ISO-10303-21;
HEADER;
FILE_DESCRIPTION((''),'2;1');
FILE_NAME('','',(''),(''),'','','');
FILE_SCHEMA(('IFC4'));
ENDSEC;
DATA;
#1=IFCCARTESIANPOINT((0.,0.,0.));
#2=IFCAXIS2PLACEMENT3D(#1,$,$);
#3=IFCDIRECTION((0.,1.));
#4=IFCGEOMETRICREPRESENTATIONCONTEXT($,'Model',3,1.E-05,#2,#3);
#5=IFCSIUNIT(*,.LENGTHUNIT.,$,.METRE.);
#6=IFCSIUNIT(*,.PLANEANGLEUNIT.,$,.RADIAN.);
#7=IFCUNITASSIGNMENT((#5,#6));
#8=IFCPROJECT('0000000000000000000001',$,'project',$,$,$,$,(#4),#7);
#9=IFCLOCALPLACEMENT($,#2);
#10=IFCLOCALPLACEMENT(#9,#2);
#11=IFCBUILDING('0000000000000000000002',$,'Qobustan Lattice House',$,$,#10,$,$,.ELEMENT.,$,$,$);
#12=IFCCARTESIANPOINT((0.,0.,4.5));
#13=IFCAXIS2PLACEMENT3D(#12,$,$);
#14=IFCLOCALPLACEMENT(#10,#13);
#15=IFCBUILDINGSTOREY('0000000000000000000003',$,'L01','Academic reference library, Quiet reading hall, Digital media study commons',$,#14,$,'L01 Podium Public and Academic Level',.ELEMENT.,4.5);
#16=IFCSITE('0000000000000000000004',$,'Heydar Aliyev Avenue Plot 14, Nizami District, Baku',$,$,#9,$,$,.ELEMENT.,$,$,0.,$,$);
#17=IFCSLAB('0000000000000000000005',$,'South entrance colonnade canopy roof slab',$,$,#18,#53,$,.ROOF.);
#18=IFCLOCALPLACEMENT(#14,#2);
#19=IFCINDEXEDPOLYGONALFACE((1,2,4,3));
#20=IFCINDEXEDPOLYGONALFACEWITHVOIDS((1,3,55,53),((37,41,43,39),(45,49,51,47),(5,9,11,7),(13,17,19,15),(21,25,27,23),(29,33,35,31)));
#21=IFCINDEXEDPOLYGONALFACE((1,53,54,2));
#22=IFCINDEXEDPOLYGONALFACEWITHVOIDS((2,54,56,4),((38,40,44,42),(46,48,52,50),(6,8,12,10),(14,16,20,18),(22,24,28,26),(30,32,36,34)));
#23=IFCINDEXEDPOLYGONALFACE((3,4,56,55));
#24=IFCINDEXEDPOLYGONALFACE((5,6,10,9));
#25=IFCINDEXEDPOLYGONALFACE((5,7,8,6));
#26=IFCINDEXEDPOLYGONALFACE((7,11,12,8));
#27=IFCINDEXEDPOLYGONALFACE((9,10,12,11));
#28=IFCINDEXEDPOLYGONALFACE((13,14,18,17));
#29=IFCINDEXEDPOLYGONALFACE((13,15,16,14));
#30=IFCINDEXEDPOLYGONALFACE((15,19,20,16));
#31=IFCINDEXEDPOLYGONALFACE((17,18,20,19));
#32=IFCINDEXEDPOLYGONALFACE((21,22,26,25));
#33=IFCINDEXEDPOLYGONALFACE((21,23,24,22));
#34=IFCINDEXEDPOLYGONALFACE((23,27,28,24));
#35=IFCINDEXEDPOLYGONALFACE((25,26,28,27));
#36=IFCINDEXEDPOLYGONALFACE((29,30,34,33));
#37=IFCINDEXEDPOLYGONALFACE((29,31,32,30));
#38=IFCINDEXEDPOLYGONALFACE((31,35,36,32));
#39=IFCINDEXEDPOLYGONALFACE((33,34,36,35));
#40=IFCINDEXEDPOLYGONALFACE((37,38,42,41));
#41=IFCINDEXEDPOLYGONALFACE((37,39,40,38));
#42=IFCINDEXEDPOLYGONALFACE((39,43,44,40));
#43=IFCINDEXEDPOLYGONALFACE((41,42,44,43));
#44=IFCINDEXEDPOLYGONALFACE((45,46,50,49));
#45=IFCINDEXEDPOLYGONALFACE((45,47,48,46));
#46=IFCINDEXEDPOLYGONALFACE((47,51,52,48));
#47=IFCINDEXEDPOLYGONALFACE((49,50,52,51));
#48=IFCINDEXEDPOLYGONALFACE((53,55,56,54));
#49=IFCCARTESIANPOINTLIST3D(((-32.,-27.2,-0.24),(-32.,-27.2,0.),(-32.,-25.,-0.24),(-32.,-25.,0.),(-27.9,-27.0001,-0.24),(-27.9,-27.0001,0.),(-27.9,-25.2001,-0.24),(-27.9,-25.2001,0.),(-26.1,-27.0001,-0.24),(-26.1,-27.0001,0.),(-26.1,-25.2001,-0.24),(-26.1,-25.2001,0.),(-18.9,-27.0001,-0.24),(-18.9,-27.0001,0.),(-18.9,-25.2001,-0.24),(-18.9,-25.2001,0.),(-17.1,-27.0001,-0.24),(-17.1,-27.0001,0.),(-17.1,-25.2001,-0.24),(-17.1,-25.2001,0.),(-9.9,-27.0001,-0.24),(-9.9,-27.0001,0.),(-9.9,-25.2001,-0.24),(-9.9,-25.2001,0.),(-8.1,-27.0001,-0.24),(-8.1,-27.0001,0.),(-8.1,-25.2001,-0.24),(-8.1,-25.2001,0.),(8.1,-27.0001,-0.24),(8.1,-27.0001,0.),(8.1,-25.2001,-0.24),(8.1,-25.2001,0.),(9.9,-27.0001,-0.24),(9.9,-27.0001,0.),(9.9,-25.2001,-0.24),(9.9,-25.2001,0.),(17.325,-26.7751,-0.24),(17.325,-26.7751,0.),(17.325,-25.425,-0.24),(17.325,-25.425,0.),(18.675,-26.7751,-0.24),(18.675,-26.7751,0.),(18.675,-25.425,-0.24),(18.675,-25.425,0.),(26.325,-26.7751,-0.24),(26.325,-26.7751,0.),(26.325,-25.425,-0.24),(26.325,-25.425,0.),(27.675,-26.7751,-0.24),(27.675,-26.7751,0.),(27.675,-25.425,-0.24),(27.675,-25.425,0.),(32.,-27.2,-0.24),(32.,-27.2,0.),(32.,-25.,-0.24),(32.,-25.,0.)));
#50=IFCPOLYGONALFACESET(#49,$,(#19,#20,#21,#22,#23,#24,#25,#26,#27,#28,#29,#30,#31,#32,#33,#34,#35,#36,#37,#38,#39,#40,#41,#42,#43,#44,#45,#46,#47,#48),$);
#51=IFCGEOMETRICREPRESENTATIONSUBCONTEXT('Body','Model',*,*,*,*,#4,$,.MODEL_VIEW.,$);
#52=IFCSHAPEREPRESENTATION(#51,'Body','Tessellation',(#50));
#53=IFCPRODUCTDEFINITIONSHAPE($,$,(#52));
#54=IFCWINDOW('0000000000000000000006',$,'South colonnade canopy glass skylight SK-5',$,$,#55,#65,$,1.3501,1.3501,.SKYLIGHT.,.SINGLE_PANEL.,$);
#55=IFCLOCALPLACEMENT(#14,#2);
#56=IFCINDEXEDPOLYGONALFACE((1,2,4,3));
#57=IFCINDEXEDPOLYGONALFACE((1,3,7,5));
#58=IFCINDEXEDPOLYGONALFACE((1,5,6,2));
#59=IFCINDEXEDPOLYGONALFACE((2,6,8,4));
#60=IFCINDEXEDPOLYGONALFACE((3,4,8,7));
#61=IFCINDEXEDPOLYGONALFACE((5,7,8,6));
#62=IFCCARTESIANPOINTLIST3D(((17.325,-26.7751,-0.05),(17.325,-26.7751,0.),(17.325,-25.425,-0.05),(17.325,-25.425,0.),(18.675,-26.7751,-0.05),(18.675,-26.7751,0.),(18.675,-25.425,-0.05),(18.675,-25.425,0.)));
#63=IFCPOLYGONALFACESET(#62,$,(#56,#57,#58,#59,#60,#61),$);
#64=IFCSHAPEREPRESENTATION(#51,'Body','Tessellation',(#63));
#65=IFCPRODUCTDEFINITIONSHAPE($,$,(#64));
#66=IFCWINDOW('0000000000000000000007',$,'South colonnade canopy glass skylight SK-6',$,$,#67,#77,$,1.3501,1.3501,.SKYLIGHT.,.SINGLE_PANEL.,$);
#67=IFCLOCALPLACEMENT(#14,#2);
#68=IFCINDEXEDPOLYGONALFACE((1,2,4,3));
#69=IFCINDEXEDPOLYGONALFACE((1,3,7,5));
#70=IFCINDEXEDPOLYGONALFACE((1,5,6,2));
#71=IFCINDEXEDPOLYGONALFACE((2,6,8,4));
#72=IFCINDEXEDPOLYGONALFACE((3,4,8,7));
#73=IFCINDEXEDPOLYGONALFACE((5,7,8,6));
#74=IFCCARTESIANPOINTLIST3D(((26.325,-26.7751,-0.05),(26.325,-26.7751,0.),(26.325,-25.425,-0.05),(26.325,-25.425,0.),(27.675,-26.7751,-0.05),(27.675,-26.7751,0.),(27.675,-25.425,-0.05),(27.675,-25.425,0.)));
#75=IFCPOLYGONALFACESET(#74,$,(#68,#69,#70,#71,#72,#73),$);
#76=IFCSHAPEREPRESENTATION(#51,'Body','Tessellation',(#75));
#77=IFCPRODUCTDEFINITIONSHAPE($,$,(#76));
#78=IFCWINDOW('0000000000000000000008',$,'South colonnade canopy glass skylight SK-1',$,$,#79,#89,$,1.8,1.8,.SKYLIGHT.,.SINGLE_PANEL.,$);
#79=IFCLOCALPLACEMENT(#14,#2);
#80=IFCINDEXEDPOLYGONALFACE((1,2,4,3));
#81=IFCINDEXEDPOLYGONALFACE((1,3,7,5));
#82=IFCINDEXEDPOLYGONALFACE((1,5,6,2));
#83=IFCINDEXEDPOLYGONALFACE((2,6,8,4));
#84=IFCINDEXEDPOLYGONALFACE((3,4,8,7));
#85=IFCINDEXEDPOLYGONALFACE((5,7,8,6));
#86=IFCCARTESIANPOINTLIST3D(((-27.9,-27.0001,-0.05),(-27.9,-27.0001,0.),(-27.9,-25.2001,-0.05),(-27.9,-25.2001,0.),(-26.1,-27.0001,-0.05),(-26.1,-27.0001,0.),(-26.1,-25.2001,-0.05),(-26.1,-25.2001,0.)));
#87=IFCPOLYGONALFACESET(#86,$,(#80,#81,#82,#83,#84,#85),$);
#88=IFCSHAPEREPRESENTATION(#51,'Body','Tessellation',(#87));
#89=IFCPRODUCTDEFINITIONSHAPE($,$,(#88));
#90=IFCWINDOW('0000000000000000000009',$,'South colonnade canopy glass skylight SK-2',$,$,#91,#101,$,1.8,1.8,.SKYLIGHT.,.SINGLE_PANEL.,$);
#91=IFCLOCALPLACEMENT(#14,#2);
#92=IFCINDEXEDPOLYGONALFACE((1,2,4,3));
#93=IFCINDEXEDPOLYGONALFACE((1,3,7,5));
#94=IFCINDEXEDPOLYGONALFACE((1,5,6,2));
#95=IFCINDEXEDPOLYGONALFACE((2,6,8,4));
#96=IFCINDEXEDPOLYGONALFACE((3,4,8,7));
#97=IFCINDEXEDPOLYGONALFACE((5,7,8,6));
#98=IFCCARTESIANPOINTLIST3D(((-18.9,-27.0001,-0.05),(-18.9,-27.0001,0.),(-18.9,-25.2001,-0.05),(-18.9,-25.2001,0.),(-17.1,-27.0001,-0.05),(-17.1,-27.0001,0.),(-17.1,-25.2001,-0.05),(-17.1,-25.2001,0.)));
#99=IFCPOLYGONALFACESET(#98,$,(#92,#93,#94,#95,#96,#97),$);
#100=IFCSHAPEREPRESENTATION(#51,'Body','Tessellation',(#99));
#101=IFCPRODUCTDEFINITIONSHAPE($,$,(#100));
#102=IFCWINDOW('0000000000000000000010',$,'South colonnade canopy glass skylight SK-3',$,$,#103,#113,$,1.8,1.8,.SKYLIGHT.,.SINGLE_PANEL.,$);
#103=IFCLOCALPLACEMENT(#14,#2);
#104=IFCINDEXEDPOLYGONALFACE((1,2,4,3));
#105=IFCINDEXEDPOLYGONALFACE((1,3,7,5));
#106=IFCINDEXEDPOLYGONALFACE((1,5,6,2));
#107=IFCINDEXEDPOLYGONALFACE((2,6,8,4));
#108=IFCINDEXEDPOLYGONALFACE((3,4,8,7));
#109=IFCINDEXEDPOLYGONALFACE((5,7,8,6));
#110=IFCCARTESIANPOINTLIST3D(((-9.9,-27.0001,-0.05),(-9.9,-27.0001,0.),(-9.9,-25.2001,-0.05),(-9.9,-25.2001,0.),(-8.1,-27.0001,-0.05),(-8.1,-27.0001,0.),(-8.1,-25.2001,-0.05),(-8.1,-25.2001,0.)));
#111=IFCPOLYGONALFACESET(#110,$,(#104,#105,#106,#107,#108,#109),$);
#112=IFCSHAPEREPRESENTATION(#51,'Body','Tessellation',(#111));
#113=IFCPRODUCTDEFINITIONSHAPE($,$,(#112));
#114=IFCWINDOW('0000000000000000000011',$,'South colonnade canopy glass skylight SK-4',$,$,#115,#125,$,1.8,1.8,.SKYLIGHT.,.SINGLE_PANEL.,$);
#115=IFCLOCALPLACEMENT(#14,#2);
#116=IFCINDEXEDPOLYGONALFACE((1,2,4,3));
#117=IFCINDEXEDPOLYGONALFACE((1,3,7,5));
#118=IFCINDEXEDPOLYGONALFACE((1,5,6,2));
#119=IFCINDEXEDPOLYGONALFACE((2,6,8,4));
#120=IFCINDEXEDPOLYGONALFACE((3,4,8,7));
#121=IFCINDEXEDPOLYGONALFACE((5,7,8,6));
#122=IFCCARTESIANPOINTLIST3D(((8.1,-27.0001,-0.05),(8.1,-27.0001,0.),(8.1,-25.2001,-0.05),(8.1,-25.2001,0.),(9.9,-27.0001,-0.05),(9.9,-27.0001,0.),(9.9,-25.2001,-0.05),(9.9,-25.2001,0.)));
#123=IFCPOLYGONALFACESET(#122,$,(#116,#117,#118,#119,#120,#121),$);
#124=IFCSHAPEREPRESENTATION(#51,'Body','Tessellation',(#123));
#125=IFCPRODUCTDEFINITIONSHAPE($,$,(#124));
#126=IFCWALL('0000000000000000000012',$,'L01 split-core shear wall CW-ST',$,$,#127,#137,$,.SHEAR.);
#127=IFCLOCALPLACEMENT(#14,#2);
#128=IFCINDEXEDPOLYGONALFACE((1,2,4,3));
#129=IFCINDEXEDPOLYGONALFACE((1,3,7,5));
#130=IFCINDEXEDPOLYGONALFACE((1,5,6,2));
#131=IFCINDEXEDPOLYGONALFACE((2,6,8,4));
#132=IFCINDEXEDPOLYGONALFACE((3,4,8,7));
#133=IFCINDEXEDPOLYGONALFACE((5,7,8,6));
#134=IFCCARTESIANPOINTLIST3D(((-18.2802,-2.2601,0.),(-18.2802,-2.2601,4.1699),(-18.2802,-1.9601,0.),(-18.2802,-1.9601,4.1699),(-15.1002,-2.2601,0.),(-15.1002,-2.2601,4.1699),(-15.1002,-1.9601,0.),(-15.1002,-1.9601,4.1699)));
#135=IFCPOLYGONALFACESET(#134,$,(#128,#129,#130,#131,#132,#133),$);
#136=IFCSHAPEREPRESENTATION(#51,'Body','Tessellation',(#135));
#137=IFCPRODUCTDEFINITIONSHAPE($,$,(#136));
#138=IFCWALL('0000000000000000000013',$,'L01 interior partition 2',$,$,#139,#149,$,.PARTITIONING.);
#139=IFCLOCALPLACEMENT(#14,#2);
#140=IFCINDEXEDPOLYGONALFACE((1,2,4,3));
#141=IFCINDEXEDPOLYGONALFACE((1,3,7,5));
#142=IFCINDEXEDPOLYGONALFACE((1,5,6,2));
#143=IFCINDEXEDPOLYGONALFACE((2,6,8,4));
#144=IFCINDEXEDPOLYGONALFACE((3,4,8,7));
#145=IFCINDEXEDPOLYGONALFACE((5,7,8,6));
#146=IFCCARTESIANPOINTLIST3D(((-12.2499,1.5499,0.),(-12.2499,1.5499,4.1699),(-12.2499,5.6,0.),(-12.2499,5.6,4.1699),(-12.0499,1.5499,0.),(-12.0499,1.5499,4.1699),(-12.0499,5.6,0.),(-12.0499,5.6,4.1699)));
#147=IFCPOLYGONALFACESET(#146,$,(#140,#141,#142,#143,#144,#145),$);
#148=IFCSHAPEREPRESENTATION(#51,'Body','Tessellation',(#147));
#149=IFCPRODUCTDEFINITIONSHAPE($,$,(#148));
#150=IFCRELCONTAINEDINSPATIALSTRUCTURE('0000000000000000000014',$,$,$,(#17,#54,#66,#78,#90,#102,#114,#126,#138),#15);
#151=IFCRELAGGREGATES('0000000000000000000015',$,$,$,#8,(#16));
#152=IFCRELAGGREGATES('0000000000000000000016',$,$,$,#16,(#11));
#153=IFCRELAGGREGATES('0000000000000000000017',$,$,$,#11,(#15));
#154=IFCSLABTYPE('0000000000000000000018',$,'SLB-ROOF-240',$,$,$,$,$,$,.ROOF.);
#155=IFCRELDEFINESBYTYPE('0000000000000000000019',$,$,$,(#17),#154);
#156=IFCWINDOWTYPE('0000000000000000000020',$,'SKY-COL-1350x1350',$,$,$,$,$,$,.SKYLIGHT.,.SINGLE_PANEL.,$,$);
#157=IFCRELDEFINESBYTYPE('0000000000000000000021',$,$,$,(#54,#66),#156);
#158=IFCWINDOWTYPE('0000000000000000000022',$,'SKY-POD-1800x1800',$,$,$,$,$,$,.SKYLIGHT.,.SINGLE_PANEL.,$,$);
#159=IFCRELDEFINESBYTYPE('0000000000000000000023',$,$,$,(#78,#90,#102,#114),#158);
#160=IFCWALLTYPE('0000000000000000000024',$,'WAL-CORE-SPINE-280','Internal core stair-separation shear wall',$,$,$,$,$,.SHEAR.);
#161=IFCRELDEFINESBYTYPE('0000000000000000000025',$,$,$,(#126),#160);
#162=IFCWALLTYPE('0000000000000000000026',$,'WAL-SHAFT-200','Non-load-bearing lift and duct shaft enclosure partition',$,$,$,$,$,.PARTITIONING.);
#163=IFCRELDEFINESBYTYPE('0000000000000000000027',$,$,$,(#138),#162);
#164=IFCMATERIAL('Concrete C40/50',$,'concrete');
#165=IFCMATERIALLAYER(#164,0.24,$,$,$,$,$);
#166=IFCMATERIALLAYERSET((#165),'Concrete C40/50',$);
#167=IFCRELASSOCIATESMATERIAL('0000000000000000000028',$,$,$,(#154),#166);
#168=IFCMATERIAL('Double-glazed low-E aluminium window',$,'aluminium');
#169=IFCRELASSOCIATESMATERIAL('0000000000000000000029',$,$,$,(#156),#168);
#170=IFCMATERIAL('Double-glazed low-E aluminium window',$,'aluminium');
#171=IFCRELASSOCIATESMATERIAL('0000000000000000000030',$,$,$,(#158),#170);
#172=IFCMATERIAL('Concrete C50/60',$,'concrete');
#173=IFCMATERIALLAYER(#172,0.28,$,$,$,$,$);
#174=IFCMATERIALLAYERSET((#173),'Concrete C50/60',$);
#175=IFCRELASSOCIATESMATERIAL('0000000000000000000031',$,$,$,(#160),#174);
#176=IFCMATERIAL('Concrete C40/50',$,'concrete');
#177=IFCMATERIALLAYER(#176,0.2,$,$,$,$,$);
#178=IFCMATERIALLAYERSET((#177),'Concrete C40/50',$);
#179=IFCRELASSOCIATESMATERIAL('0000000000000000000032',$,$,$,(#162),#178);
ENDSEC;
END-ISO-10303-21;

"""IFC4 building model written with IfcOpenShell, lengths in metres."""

from ifc_helpers import new_model, si_unit, direction, frame, frame_2d, origin, origin_2d, place, context, subcontext, project, spatial, polyline, rectangle, outline, extrude, material, layer, layer_set, type_object, element, fill, save


model = new_model("IFC4")

# Units and contexts
model_context = context("Model", 3, precision=1e-05, world=origin(), true_north=direction((0.0, 1.0)))
body_context = subcontext(model_context, "Body", "Model", "MODEL_VIEW")
ifc_project = project(units=[si_unit("LENGTHUNIT", "METRE"), si_unit("PLANEANGLEUNIT", "RADIAN")], contexts=[model_context])

# Site, building, storey
site_placement = place(None, origin())
site = spatial("IfcSite", under=ifc_project, at=site_placement, Name="Heydar Aliyev Avenue Plot 14, Nizami District, Baku", CompositionType="ELEMENT", RefElevation=0.0)
building_placement = place(site_placement, origin())
building = spatial("IfcBuilding", under=site, at=building_placement, Name="Qobustan Lattice House", CompositionType="ELEMENT")
storey_placement = place(building_placement, frame((0.0, 0.0, 4.5)))
storey = spatial("IfcBuildingStorey", under=building, at=storey_placement, Name="L01", Description="Academic reference library, Quiet reading hall, Digital media study commons", LongName="L01 Podium Public and Academic Level", CompositionType="ELEMENT", Elevation=4.5)

# Slab, openings, windows
ifc_material_1 = material(Name="Concrete C40/50", Category="concrete")
ifc_layer_1 = layer(ifc_material_1, 0.24)
ifc_layer_set_1 = layer_set([ifc_layer_1], Name="Concrete C40/50")
slab_type_1 = type_object("IfcSlabType", Name="SLB-ROOF-240", PredefinedType="ROOF", material=ifc_layer_set_1)
slab_1_placement = place(storey_placement, frame((0.0, 0.0, -0.24)))
slab_1 = element("IfcSlab", 1, at=slab_1_placement, inside=storey, type_object=slab_type_1, Name="South entrance colonnade canopy roof slab", PredefinedType="ROOF", context=body_context, shape_type="SweptSolid", body=[
    extrude(outline(polyline([(-32.0, -27.2), (32.0, -27.2), (32.0, -25.0), (-32.0, -25.0), (-32.0, -27.2)])), origin(), (0.0, 0.0, 1.0), 0.24),
])
opening_1_placement = place(slab_1_placement, frame((-27.0, -26.1001, 0.0)))
opening_1 = element("IfcOpeningElement", 2, at=opening_1_placement, cuts=slab_1, PredefinedType="OPENING", context=body_context, shape_type="SweptSolid", body=[
    extrude(rectangle(XDim=1.8, YDim=1.8, at=origin_2d()), origin(), (0.0, 0.0, 1.0), 0.24),
])
opening_2_placement = place(slab_1_placement, frame((-18.0, -26.1001, 0.0)))
opening_2 = element("IfcOpeningElement", 3, at=opening_2_placement, cuts=slab_1, PredefinedType="OPENING", context=body_context, shape_type="SweptSolid", body=[
    extrude(rectangle(XDim=1.8, YDim=1.8, at=origin_2d()), origin(), (0.0, 0.0, 1.0), 0.24),
])
opening_3_placement = place(slab_1_placement, frame((-9.0, -26.1001, 0.0)))
opening_3 = element("IfcOpeningElement", 4, at=opening_3_placement, cuts=slab_1, PredefinedType="OPENING", context=body_context, shape_type="SweptSolid", body=[
    extrude(rectangle(XDim=1.8, YDim=1.8, at=origin_2d()), origin(), (0.0, 0.0, 1.0), 0.24),
])
opening_4_placement = place(slab_1_placement, frame((9.0, -26.1001, 0.0)))
opening_4 = element("IfcOpeningElement", 5, at=opening_4_placement, cuts=slab_1, PredefinedType="OPENING", context=body_context, shape_type="SweptSolid", body=[
    extrude(rectangle(XDim=1.8, YDim=1.8, at=origin_2d()), origin(), (0.0, 0.0, 1.0), 0.24),
])
opening_5_placement = place(slab_1_placement, frame((18.0, -26.1001, 0.0)))
opening_5 = element("IfcOpeningElement", 6, at=opening_5_placement, cuts=slab_1, PredefinedType="OPENING", context=body_context, shape_type="SweptSolid", body=[
    extrude(rectangle(XDim=1.3501, YDim=1.3501, at=origin_2d()), origin(), (0.0, 0.0, 1.0), 0.24),
])
opening_6_placement = place(slab_1_placement, frame((27.0, -26.1001, 0.0)))
opening_6 = element("IfcOpeningElement", 7, at=opening_6_placement, cuts=slab_1, PredefinedType="OPENING", context=body_context, shape_type="SweptSolid", body=[
    extrude(rectangle(XDim=1.3501, YDim=1.3501, at=origin_2d()), origin(), (0.0, 0.0, 1.0), 0.24),
])
ifc_material_2 = material(Name="Double-glazed low-E aluminium window", Category="aluminium")
window_type_1 = type_object("IfcWindowType", Name="SKY-COL-1350x1350", PartitioningType="SINGLE_PANEL", PredefinedType="SKYLIGHT", material=ifc_material_2)
window_1_placement = place(opening_5_placement, frame((0.0, 0.0, 0.1899)))
window_1 = element("IfcWindow", 8, at=window_1_placement, inside=storey, type_object=window_type_1, Name="South colonnade canopy glass skylight SK-5", OverallHeight=1.3501, OverallWidth=1.3501, PartitioningType="SINGLE_PANEL", PredefinedType="SKYLIGHT", context=body_context, shape_type="SweptSolid", body=[
    extrude(rectangle(XDim=1.3501, YDim=1.3501, at=origin_2d()), origin(), (0.0, 0.0, 1.0), 0.05),
])
fill(opening_5, window_1)
window_2_placement = place(opening_6_placement, frame((0.0, 0.0, 0.1899)))
window_2 = element("IfcWindow", 9, at=window_2_placement, inside=storey, type_object=window_type_1, Name="South colonnade canopy glass skylight SK-6", OverallHeight=1.3501, OverallWidth=1.3501, PartitioningType="SINGLE_PANEL", PredefinedType="SKYLIGHT", context=body_context, shape_type="SweptSolid", body=[
    extrude(rectangle(XDim=1.3501, YDim=1.3501, at=origin_2d()), origin(), (0.0, 0.0, 1.0), 0.05),
])
fill(opening_6, window_2)
ifc_material_3 = material(Name="Double-glazed low-E aluminium window", Category="aluminium")
window_type_2 = type_object("IfcWindowType", Name="SKY-POD-1800x1800", PartitioningType="SINGLE_PANEL", PredefinedType="SKYLIGHT", material=ifc_material_3)
window_3_placement = place(opening_1_placement, frame((0.0, 0.0, 0.1899)))
window_3 = element("IfcWindow", 10, at=window_3_placement, inside=storey, type_object=window_type_2, Name="South colonnade canopy glass skylight SK-1", OverallHeight=1.8, OverallWidth=1.8, PartitioningType="SINGLE_PANEL", PredefinedType="SKYLIGHT", context=body_context, shape_type="SweptSolid", body=[
    extrude(rectangle(XDim=1.8, YDim=1.8, at=origin_2d()), origin(), (0.0, 0.0, 1.0), 0.05),
])
fill(opening_1, window_3)
window_4_placement = place(opening_2_placement, frame((0.0, 0.0, 0.1899)))
window_4 = element("IfcWindow", 11, at=window_4_placement, inside=storey, type_object=window_type_2, Name="South colonnade canopy glass skylight SK-2", OverallHeight=1.8, OverallWidth=1.8, PartitioningType="SINGLE_PANEL", PredefinedType="SKYLIGHT", context=body_context, shape_type="SweptSolid", body=[
    extrude(rectangle(XDim=1.8, YDim=1.8, at=origin_2d()), origin(), (0.0, 0.0, 1.0), 0.05),
])
fill(opening_2, window_4)
window_5_placement = place(opening_3_placement, frame((0.0, 0.0, 0.1899)))
window_5 = element("IfcWindow", 12, at=window_5_placement, inside=storey, type_object=window_type_2, Name="South colonnade canopy glass skylight SK-3", OverallHeight=1.8, OverallWidth=1.8, PartitioningType="SINGLE_PANEL", PredefinedType="SKYLIGHT", context=body_context, shape_type="SweptSolid", body=[
    extrude(rectangle(XDim=1.8, YDim=1.8, at=origin_2d()), origin(), (0.0, 0.0, 1.0), 0.05),
])
fill(opening_3, window_5)
window_6_placement = place(opening_4_placement, frame((0.0, 0.0, 0.1899)))
window_6 = element("IfcWindow", 13, at=window_6_placement, inside=storey, type_object=window_type_2, Name="South colonnade canopy glass skylight SK-4", OverallHeight=1.8, OverallWidth=1.8, PartitioningType="SINGLE_PANEL", PredefinedType="SKYLIGHT", context=body_context, shape_type="SweptSolid", body=[
    extrude(rectangle(XDim=1.8, YDim=1.8, at=origin_2d()), origin(), (0.0, 0.0, 1.0), 0.05),
])
fill(opening_4, window_6)

# Walls
ifc_material_4 = material(Name="Concrete C50/60", Category="concrete")
ifc_layer_2 = layer(ifc_material_4, 0.28)
ifc_layer_set_2 = layer_set([ifc_layer_2], Name="Concrete C50/60")
wall_type_1 = type_object("IfcWallType", Name="WAL-CORE-SPINE-280", Description="Internal core stair-separation shear wall", PredefinedType="SHEAR", material=ifc_layer_set_2)
wall_1_placement = place(storey_placement, frame((-18.28, -2.1101, 0.0), z_axis=(0.0, 0.0, 1.0), x_axis=(1.0, 0.0, 0.0)))
element("IfcWall", 14, at=wall_1_placement, inside=storey, type_object=wall_type_1, Name="L01 split-core shear wall CW-ST", PredefinedType="SHEAR", context=body_context, shape_type="SweptSolid", body=[
    extrude(rectangle(XDim=3.1799, YDim=0.3, at=frame_2d((1.5898, 0.0))), origin(), (0.0, 0.0, 1.0), 4.1699),
])
ifc_material_5 = material(Name="Concrete C40/50", Category="concrete")
ifc_layer_3 = layer(ifc_material_5, 0.2)
ifc_layer_set_3 = layer_set([ifc_layer_3], Name="Concrete C40/50")
wall_type_2 = type_object("IfcWallType", Name="WAL-SHAFT-200", Description="Non-load-bearing lift and duct shaft enclosure partition", PredefinedType="PARTITIONING", material=ifc_layer_set_3)
wall_2_placement = place(storey_placement, frame((-12.1499, 1.55, 0.0), z_axis=(0.0, 0.0, 1.0), x_axis=(0.0, 1.0, 0.0)))
element("IfcWall", 15, at=wall_2_placement, inside=storey, type_object=wall_type_2, Name="L01 interior partition 2", PredefinedType="PARTITIONING", context=body_context, shape_type="SweptSolid", body=[
    extrude(rectangle(XDim=4.05, YDim=0.2, at=frame_2d((2.0249, 0.0))), origin(), (0.0, 0.0, 1.0), 4.1699),
])

save(model, "model.ifc")
